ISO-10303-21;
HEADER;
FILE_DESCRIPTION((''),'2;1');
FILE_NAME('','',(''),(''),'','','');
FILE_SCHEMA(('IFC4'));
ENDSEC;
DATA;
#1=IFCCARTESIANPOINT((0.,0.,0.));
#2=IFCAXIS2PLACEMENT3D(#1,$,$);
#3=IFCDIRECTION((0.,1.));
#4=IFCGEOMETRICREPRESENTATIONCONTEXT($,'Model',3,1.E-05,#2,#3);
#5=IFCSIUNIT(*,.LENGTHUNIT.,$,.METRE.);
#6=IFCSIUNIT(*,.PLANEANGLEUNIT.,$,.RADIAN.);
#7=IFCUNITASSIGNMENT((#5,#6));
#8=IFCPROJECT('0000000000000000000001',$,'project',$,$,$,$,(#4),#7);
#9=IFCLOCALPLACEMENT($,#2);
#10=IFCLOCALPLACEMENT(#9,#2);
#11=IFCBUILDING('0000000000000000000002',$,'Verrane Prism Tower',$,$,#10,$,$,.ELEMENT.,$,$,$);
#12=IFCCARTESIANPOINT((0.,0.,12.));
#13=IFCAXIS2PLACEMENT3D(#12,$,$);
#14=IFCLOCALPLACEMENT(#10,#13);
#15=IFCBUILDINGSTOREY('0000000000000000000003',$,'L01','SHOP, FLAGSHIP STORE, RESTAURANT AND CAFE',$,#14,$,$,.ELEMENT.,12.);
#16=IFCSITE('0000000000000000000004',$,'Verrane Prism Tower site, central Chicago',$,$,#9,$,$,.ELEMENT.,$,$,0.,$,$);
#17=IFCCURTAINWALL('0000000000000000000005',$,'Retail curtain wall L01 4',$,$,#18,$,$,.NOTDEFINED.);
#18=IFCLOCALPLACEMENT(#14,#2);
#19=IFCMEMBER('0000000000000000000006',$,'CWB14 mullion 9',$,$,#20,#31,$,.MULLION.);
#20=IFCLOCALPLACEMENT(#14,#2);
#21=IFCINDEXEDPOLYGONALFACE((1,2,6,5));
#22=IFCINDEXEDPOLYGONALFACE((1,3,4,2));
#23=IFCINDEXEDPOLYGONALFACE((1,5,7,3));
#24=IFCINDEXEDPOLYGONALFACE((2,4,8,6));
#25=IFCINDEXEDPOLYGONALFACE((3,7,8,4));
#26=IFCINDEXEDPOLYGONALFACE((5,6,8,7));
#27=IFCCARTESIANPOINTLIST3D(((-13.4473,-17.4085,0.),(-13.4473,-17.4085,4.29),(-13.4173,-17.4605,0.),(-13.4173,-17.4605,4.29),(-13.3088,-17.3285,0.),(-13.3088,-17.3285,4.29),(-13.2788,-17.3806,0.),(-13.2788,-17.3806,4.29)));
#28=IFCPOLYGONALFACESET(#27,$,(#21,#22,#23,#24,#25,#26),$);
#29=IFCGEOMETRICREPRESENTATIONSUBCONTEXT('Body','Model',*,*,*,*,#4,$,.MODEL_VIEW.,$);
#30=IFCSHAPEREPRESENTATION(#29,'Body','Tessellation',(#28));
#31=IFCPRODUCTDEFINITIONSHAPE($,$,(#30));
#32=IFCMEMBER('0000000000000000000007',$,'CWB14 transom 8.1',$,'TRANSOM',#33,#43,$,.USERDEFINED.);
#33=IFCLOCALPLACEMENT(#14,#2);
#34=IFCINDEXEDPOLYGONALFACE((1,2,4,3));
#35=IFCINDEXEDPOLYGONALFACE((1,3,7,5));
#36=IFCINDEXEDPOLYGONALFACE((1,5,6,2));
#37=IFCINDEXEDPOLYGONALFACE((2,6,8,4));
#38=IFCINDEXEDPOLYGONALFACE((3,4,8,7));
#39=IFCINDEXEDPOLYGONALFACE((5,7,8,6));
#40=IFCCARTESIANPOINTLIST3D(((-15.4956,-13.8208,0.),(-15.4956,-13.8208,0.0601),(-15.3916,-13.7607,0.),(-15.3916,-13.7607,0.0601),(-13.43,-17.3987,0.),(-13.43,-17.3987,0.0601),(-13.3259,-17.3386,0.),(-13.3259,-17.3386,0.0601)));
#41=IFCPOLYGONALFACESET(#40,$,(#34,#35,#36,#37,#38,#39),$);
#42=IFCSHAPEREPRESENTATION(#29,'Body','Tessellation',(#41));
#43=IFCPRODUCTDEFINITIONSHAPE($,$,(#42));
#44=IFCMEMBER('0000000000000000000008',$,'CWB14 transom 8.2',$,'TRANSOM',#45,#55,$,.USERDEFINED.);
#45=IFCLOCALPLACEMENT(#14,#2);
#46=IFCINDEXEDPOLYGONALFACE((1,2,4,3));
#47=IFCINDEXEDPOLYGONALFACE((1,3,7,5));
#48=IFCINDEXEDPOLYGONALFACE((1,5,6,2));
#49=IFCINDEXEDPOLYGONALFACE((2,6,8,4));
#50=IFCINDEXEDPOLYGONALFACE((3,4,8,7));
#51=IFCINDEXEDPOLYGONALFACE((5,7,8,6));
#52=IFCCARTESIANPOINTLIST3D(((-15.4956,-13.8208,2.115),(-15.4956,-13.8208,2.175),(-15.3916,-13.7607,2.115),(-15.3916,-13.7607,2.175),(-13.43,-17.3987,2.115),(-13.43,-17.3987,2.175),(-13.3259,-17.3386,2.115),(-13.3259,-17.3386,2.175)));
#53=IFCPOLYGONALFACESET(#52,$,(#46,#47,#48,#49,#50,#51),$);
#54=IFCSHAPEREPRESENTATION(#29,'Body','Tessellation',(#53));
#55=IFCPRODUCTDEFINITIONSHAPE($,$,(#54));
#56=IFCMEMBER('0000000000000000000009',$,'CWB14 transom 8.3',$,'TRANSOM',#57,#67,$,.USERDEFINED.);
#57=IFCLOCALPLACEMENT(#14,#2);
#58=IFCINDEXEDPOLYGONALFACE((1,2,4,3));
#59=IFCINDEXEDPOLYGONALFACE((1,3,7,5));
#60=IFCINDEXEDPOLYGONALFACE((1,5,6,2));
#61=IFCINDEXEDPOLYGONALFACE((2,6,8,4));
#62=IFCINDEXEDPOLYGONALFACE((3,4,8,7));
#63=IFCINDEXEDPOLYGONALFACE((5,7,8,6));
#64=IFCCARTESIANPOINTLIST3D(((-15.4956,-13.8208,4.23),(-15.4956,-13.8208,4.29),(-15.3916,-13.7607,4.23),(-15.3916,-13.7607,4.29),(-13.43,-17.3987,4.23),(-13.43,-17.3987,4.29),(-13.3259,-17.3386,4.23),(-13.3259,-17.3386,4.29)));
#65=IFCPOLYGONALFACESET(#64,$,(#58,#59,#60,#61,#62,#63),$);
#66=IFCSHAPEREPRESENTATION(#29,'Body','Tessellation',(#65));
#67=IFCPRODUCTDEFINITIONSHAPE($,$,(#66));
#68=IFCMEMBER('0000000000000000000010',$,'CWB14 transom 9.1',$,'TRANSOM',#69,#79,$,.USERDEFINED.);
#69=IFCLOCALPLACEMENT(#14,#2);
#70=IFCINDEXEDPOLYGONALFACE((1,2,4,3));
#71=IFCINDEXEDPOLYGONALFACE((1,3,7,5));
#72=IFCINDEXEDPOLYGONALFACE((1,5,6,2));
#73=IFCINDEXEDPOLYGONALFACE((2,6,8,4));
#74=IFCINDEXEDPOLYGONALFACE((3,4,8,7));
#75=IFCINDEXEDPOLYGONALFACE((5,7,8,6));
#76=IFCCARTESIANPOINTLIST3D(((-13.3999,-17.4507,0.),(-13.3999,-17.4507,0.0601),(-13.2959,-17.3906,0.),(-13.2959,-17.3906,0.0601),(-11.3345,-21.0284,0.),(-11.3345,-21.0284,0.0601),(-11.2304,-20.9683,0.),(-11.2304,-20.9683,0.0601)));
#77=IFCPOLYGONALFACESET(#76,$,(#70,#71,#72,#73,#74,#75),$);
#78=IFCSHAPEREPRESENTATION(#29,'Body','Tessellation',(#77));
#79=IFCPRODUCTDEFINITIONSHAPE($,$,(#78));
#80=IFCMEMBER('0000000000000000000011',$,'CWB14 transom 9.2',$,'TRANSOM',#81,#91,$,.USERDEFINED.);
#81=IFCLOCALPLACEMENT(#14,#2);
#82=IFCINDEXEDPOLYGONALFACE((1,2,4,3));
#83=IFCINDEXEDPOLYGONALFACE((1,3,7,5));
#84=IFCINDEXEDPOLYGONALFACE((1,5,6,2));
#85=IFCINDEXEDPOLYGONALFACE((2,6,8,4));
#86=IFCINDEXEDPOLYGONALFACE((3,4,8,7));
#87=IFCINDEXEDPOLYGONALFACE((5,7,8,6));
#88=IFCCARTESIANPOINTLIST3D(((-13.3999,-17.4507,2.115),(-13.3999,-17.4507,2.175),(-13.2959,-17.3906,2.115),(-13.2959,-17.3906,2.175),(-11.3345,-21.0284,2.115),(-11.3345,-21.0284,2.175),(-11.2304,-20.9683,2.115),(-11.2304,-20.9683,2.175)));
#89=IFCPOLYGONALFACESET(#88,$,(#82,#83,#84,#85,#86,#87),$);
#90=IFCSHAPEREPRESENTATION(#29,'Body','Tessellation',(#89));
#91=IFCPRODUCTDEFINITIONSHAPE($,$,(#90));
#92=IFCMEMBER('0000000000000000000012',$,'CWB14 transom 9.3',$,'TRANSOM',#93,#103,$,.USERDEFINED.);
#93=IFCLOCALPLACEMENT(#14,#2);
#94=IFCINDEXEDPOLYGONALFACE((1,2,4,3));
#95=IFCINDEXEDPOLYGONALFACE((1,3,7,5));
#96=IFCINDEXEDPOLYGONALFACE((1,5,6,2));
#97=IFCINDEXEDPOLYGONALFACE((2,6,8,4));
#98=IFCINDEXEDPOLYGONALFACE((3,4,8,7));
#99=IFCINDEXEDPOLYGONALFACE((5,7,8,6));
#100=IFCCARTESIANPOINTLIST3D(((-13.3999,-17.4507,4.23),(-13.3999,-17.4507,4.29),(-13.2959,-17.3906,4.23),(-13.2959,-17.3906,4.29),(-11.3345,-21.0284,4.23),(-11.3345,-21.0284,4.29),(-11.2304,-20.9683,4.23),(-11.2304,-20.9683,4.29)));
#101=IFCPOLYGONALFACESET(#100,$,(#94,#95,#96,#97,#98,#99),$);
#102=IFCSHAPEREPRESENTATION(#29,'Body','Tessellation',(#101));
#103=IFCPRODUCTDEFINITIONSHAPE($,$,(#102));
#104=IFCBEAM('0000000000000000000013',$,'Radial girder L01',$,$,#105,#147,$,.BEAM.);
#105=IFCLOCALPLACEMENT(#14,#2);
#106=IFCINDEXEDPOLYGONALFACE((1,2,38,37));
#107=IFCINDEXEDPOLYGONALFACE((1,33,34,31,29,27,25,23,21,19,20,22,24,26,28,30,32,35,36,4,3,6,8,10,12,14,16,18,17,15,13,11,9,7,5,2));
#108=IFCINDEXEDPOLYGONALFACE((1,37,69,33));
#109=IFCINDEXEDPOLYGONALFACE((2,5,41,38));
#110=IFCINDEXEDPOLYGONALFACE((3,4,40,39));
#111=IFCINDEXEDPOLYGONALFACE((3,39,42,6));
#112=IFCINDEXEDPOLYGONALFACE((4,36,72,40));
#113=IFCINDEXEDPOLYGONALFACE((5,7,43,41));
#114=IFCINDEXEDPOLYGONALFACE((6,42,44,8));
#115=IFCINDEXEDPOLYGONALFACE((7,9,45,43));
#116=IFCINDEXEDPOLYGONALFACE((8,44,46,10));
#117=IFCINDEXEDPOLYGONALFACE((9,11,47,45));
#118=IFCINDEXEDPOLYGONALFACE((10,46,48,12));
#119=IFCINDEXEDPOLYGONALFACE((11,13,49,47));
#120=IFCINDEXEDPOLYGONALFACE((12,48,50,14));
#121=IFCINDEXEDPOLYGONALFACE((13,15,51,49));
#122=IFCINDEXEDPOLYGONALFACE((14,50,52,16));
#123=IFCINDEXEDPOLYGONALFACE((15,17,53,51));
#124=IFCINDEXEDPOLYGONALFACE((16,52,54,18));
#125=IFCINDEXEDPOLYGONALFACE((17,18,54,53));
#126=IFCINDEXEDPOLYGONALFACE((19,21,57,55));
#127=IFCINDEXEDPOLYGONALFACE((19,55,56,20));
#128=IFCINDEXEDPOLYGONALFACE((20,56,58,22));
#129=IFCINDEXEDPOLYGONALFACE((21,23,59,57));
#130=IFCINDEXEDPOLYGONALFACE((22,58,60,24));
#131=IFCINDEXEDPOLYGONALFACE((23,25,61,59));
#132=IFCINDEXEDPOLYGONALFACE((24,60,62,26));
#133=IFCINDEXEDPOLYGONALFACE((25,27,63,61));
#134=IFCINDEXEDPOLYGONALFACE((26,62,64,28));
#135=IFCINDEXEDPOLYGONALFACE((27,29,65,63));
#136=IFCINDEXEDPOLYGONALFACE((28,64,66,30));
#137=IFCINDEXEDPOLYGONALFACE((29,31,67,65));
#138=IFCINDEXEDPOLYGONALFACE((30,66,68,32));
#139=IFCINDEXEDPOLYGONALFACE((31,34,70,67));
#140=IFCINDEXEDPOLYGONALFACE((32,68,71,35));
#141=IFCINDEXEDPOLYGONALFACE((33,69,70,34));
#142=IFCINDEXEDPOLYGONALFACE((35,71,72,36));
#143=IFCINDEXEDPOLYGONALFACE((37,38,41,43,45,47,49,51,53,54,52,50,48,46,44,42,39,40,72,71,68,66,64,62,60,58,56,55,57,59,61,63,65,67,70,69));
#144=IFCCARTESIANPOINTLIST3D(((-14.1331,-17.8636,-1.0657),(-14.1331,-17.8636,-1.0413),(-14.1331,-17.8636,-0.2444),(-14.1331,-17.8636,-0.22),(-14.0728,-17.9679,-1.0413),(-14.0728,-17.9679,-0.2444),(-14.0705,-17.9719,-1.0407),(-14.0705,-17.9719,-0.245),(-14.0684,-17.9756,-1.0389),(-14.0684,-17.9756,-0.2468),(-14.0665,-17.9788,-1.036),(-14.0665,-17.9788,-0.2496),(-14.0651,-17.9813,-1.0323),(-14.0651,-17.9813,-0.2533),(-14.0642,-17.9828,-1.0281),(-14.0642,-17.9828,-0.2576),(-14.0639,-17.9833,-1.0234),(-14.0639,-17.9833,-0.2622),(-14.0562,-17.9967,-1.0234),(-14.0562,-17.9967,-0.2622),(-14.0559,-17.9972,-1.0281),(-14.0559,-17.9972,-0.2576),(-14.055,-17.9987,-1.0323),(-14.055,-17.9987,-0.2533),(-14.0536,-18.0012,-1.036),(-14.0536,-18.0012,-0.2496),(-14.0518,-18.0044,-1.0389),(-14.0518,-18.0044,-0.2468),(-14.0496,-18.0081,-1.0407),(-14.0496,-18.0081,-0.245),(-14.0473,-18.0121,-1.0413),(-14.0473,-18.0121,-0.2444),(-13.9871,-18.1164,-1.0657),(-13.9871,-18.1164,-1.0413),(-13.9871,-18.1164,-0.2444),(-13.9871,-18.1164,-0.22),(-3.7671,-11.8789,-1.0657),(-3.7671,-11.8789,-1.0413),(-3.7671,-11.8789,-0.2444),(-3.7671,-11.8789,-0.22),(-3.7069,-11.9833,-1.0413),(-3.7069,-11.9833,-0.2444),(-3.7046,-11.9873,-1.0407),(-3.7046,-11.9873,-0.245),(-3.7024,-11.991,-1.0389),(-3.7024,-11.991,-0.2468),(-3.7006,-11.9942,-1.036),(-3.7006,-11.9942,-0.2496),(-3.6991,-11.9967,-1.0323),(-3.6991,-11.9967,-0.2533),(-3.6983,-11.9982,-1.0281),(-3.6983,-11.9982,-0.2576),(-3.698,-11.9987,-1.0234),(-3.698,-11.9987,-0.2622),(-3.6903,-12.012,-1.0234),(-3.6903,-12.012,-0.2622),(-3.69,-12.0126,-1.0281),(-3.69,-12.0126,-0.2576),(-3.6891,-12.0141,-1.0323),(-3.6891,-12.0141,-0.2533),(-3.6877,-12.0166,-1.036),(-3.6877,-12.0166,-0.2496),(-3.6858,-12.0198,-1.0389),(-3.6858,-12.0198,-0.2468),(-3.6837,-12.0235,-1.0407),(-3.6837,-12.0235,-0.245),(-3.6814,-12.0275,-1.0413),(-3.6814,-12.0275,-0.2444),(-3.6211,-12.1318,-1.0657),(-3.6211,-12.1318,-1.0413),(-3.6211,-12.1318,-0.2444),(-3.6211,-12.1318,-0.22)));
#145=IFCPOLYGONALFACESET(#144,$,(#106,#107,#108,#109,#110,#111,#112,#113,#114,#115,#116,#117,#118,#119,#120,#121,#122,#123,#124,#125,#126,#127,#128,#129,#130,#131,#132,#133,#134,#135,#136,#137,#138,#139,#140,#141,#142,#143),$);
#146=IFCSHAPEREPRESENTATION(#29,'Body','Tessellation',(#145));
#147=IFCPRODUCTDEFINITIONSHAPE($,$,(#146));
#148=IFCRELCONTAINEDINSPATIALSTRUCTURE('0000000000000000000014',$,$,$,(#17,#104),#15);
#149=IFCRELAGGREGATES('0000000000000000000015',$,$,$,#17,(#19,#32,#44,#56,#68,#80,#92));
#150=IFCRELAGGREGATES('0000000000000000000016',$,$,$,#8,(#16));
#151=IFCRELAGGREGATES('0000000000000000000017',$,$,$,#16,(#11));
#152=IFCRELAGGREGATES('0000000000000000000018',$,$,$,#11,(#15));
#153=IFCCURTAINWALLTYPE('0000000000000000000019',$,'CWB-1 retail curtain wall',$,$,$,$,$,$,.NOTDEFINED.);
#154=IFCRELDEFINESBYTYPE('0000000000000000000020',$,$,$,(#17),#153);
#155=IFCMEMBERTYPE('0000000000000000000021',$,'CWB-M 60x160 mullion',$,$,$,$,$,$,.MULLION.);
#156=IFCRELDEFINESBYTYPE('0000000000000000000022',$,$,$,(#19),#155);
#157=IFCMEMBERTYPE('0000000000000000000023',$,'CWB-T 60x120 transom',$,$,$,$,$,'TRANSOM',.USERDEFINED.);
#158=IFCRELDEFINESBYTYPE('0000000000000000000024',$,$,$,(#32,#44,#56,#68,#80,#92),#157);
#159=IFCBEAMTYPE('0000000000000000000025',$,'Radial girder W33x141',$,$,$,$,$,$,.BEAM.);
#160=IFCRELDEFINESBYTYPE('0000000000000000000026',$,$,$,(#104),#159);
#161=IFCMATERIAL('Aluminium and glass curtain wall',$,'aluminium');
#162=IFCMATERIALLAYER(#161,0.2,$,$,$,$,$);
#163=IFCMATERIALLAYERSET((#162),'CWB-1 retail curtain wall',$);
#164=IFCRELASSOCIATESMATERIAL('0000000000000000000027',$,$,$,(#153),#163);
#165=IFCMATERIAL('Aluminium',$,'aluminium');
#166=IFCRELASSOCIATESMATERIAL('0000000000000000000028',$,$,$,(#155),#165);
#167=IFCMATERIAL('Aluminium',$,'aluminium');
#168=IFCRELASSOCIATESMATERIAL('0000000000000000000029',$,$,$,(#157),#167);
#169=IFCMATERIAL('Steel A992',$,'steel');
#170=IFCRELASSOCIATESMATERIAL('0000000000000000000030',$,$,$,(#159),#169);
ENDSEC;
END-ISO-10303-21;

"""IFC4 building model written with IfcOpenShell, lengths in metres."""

from ifc_helpers import new_model, si_unit, direction, frame, origin, origin_2d, place, context, subcontext, project, spatial, rectangle, i_section, extrude, material, layer, layer_set, material_profile, profile_set, type_object, element, aggregate, save


model = new_model("IFC4")

# Units and contexts
model_context = context("Model", 3, precision=1e-05, world=origin(), true_north=direction((0.0, 1.0)))
body_context = subcontext(model_context, "Body", "Model", "MODEL_VIEW")
ifc_project = project(units=[si_unit("LENGTHUNIT", "METRE"), si_unit("PLANEANGLEUNIT", "RADIAN")], contexts=[model_context])

# Site, building, storey
site_placement = place(None, origin())
site = spatial("IfcSite", under=ifc_project, at=site_placement, Name="Verrane Prism Tower site, central Chicago", CompositionType="ELEMENT", RefElevation=0.0)
building_placement = place(site_placement, origin())
building = spatial("IfcBuilding", under=site, at=building_placement, Name="Verrane Prism Tower", CompositionType="ELEMENT")
storey_placement = place(building_placement, frame((0.0, 0.0, 12.0)))
storey = spatial("IfcBuildingStorey", under=building, at=storey_placement, Name="L01", Description="SHOP, FLAGSHIP STORE, RESTAURANT AND CAFE", CompositionType="ELEMENT", Elevation=12.0)

# Curtain wall, members
ifc_material_1 = material(Name="Aluminium and glass curtain wall", Category="aluminium")
ifc_layer_1 = layer(ifc_material_1, 0.2)
ifc_layer_set_1 = layer_set([ifc_layer_1], Name="CWB-1 retail curtain wall")
curtain_wall_type = type_object("IfcCurtainWallType", Name="CWB-1 retail curtain wall", PredefinedType="NOTDEFINED", material=ifc_layer_set_1)
curtain_wall_placement = place(storey_placement, origin())
curtain_wall = element("IfcCurtainWall", 1, at=curtain_wall_placement, inside=storey, type_object=curtain_wall_type, Name="Retail curtain wall L01 4", PredefinedType="NOTDEFINED")
ifc_material_2 = material(Name="Aluminium", Category="aluminium")
ifc_material_profile_1 = material_profile(ifc_material_2, rectangle(XDim=0.1599, YDim=0.0601, at=origin_2d()), Name="CWB-M 60x160 mullion")
ifc_profile_set_1 = profile_set([ifc_material_profile_1], Name="Aluminium")
member_type_1 = type_object("IfcMemberType", Name="CWB-M 60x160 mullion", PredefinedType="MULLION", material=ifc_profile_set_1)
member_1_placement = place(storey_placement, frame((-13.363, -17.3945, 0.0), z_axis=(0.0, 0.0, 1.0), x_axis=(0.866025, 0.5, 0.0)))
member_1 = element("IfcMember", 2, at=member_1_placement, type_object=member_type_1, Name="CWB14 mullion 9", PredefinedType="MULLION", context=body_context, shape_type="SweptSolid", body=[
    extrude(rectangle(XDim=0.1599, YDim=0.0601, at=origin_2d()), origin(), (0.0, 0.0, 1.0), 4.29),
])
ifc_material_3 = material(Name="Aluminium", Category="aluminium")
ifc_material_profile_2 = material_profile(ifc_material_3, rectangle(XDim=0.1201, YDim=0.0601, at=origin_2d()), Name="CWB-T 60x120 transom")
ifc_profile_set_2 = profile_set([ifc_material_profile_2], Name="Aluminium")
member_type_2 = type_object("IfcMemberType", Name="CWB-T 60x120 transom", ElementType="TRANSOM", PredefinedType="USERDEFINED", material=ifc_profile_set_2)
member_2_placement = place(storey_placement, frame((-15.4436, -13.7908, 0.03), z_axis=(0.499997, -0.866027, 0.0), x_axis=(0.866027, 0.499997, 0.0)))
member_2 = element("IfcMember", 3, at=member_2_placement, type_object=member_type_2, Name="CWB14 transom 8.1", ObjectType="TRANSOM", PredefinedType="USERDEFINED", context=body_context, shape_type="SweptSolid", body=[
    extrude(rectangle(XDim=0.1201, YDim=0.0601, at=origin_2d()), origin(), (0.0, 0.0, 1.0), 4.1313),
])
member_3_placement = place(storey_placement, frame((-15.4436, -13.7908, 2.145), z_axis=(0.499997, -0.866027, 0.0), x_axis=(0.866027, 0.499997, 0.0)))
member_3 = element("IfcMember", 4, at=member_3_placement, type_object=member_type_2, Name="CWB14 transom 8.2", ObjectType="TRANSOM", PredefinedType="USERDEFINED", context=body_context, shape_type="SweptSolid", body=[
    extrude(rectangle(XDim=0.1201, YDim=0.0601, at=origin_2d()), origin(), (0.0, 0.0, 1.0), 4.1313),
])
member_4_placement = place(storey_placement, frame((-15.4436, -13.7908, 4.26), z_axis=(0.499997, -0.866027, 0.0), x_axis=(0.866027, 0.499997, 0.0)))
member_4 = element("IfcMember", 5, at=member_4_placement, type_object=member_type_2, Name="CWB14 transom 8.3", ObjectType="TRANSOM", PredefinedType="USERDEFINED", context=body_context, shape_type="SweptSolid", body=[
    extrude(rectangle(XDim=0.1201, YDim=0.0601, at=origin_2d()), origin(), (0.0, 0.0, 1.0), 4.1313),
])
member_5_placement = place(storey_placement, frame((-13.3479, -17.4207, 0.03), z_axis=(0.499978, -0.866038, 0.0), x_axis=(0.866038, 0.499978, 0.0)))
member_5 = element("IfcMember", 6, at=member_5_placement, type_object=member_type_2, Name="CWB14 transom 9.1", ObjectType="TRANSOM", PredefinedType="USERDEFINED", context=body_context, shape_type="SweptSolid", body=[
    extrude(rectangle(XDim=0.1201, YDim=0.0601, at=origin_2d()), origin(), (0.0, 0.0, 1.0), 4.1311),
])
member_6_placement = place(storey_placement, frame((-13.3479, -17.4207, 2.145), z_axis=(0.499978, -0.866038, 0.0), x_axis=(0.866038, 0.499978, 0.0)))
member_6 = element("IfcMember", 7, at=member_6_placement, type_object=member_type_2, Name="CWB14 transom 9.2", ObjectType="TRANSOM", PredefinedType="USERDEFINED", context=body_context, shape_type="SweptSolid", body=[
    extrude(rectangle(XDim=0.1201, YDim=0.0601, at=origin_2d()), origin(), (0.0, 0.0, 1.0), 4.1311),
])
member_7_placement = place(storey_placement, frame((-13.3479, -17.4207, 4.26), z_axis=(0.499978, -0.866038, 0.0), x_axis=(0.866038, 0.499978, 0.0)))
member_7 = element("IfcMember", 8, at=member_7_placement, type_object=member_type_2, Name="CWB14 transom 9.3", ObjectType="TRANSOM", PredefinedType="USERDEFINED", context=body_context, shape_type="SweptSolid", body=[
    extrude(rectangle(XDim=0.1201, YDim=0.0601, at=origin_2d()), origin(), (0.0, 0.0, 1.0), 4.1311),
])

# Beam
ifc_material_4 = material(Name="Steel A992", Category="steel")
ifc_material_profile_3 = material_profile(ifc_material_4, i_section(OverallWidth=0.292, OverallDepth=0.8457, WebThickness=0.0154, FlangeThickness=0.0244, FilletRadius=0.0178, at=origin_2d()), Name="W33x141")
ifc_profile_set_3 = profile_set([ifc_material_profile_3], Name="Steel A992")
beam_type = type_object("IfcBeamType", Name="Radial girder W33x141", PredefinedType="BEAM", material=ifc_profile_set_3)
beam_placement = place(storey_placement, frame((-14.0601, -17.99, -0.6428), z_axis=(0.866032, 0.499989, 0.0), x_axis=(-0.499989, 0.866032, 0.0)))
element("IfcBeam", 9, at=beam_placement, inside=storey, type_object=beam_type, Name="Radial girder L01", PredefinedType="BEAM", context=body_context, shape_type="SweptSolid", body=[
    extrude(i_section(OverallWidth=0.292, OverallDepth=0.8457, WebThickness=0.0154, FlangeThickness=0.0244, FilletRadius=0.0178, at=origin_2d()), origin(), (0.0, 0.0, 1.0), 11.9695),
])

aggregate(curtain_wall, [member_1, member_2, member_3, member_4, member_5, member_6, member_7])

save(model, "model.ifc")
